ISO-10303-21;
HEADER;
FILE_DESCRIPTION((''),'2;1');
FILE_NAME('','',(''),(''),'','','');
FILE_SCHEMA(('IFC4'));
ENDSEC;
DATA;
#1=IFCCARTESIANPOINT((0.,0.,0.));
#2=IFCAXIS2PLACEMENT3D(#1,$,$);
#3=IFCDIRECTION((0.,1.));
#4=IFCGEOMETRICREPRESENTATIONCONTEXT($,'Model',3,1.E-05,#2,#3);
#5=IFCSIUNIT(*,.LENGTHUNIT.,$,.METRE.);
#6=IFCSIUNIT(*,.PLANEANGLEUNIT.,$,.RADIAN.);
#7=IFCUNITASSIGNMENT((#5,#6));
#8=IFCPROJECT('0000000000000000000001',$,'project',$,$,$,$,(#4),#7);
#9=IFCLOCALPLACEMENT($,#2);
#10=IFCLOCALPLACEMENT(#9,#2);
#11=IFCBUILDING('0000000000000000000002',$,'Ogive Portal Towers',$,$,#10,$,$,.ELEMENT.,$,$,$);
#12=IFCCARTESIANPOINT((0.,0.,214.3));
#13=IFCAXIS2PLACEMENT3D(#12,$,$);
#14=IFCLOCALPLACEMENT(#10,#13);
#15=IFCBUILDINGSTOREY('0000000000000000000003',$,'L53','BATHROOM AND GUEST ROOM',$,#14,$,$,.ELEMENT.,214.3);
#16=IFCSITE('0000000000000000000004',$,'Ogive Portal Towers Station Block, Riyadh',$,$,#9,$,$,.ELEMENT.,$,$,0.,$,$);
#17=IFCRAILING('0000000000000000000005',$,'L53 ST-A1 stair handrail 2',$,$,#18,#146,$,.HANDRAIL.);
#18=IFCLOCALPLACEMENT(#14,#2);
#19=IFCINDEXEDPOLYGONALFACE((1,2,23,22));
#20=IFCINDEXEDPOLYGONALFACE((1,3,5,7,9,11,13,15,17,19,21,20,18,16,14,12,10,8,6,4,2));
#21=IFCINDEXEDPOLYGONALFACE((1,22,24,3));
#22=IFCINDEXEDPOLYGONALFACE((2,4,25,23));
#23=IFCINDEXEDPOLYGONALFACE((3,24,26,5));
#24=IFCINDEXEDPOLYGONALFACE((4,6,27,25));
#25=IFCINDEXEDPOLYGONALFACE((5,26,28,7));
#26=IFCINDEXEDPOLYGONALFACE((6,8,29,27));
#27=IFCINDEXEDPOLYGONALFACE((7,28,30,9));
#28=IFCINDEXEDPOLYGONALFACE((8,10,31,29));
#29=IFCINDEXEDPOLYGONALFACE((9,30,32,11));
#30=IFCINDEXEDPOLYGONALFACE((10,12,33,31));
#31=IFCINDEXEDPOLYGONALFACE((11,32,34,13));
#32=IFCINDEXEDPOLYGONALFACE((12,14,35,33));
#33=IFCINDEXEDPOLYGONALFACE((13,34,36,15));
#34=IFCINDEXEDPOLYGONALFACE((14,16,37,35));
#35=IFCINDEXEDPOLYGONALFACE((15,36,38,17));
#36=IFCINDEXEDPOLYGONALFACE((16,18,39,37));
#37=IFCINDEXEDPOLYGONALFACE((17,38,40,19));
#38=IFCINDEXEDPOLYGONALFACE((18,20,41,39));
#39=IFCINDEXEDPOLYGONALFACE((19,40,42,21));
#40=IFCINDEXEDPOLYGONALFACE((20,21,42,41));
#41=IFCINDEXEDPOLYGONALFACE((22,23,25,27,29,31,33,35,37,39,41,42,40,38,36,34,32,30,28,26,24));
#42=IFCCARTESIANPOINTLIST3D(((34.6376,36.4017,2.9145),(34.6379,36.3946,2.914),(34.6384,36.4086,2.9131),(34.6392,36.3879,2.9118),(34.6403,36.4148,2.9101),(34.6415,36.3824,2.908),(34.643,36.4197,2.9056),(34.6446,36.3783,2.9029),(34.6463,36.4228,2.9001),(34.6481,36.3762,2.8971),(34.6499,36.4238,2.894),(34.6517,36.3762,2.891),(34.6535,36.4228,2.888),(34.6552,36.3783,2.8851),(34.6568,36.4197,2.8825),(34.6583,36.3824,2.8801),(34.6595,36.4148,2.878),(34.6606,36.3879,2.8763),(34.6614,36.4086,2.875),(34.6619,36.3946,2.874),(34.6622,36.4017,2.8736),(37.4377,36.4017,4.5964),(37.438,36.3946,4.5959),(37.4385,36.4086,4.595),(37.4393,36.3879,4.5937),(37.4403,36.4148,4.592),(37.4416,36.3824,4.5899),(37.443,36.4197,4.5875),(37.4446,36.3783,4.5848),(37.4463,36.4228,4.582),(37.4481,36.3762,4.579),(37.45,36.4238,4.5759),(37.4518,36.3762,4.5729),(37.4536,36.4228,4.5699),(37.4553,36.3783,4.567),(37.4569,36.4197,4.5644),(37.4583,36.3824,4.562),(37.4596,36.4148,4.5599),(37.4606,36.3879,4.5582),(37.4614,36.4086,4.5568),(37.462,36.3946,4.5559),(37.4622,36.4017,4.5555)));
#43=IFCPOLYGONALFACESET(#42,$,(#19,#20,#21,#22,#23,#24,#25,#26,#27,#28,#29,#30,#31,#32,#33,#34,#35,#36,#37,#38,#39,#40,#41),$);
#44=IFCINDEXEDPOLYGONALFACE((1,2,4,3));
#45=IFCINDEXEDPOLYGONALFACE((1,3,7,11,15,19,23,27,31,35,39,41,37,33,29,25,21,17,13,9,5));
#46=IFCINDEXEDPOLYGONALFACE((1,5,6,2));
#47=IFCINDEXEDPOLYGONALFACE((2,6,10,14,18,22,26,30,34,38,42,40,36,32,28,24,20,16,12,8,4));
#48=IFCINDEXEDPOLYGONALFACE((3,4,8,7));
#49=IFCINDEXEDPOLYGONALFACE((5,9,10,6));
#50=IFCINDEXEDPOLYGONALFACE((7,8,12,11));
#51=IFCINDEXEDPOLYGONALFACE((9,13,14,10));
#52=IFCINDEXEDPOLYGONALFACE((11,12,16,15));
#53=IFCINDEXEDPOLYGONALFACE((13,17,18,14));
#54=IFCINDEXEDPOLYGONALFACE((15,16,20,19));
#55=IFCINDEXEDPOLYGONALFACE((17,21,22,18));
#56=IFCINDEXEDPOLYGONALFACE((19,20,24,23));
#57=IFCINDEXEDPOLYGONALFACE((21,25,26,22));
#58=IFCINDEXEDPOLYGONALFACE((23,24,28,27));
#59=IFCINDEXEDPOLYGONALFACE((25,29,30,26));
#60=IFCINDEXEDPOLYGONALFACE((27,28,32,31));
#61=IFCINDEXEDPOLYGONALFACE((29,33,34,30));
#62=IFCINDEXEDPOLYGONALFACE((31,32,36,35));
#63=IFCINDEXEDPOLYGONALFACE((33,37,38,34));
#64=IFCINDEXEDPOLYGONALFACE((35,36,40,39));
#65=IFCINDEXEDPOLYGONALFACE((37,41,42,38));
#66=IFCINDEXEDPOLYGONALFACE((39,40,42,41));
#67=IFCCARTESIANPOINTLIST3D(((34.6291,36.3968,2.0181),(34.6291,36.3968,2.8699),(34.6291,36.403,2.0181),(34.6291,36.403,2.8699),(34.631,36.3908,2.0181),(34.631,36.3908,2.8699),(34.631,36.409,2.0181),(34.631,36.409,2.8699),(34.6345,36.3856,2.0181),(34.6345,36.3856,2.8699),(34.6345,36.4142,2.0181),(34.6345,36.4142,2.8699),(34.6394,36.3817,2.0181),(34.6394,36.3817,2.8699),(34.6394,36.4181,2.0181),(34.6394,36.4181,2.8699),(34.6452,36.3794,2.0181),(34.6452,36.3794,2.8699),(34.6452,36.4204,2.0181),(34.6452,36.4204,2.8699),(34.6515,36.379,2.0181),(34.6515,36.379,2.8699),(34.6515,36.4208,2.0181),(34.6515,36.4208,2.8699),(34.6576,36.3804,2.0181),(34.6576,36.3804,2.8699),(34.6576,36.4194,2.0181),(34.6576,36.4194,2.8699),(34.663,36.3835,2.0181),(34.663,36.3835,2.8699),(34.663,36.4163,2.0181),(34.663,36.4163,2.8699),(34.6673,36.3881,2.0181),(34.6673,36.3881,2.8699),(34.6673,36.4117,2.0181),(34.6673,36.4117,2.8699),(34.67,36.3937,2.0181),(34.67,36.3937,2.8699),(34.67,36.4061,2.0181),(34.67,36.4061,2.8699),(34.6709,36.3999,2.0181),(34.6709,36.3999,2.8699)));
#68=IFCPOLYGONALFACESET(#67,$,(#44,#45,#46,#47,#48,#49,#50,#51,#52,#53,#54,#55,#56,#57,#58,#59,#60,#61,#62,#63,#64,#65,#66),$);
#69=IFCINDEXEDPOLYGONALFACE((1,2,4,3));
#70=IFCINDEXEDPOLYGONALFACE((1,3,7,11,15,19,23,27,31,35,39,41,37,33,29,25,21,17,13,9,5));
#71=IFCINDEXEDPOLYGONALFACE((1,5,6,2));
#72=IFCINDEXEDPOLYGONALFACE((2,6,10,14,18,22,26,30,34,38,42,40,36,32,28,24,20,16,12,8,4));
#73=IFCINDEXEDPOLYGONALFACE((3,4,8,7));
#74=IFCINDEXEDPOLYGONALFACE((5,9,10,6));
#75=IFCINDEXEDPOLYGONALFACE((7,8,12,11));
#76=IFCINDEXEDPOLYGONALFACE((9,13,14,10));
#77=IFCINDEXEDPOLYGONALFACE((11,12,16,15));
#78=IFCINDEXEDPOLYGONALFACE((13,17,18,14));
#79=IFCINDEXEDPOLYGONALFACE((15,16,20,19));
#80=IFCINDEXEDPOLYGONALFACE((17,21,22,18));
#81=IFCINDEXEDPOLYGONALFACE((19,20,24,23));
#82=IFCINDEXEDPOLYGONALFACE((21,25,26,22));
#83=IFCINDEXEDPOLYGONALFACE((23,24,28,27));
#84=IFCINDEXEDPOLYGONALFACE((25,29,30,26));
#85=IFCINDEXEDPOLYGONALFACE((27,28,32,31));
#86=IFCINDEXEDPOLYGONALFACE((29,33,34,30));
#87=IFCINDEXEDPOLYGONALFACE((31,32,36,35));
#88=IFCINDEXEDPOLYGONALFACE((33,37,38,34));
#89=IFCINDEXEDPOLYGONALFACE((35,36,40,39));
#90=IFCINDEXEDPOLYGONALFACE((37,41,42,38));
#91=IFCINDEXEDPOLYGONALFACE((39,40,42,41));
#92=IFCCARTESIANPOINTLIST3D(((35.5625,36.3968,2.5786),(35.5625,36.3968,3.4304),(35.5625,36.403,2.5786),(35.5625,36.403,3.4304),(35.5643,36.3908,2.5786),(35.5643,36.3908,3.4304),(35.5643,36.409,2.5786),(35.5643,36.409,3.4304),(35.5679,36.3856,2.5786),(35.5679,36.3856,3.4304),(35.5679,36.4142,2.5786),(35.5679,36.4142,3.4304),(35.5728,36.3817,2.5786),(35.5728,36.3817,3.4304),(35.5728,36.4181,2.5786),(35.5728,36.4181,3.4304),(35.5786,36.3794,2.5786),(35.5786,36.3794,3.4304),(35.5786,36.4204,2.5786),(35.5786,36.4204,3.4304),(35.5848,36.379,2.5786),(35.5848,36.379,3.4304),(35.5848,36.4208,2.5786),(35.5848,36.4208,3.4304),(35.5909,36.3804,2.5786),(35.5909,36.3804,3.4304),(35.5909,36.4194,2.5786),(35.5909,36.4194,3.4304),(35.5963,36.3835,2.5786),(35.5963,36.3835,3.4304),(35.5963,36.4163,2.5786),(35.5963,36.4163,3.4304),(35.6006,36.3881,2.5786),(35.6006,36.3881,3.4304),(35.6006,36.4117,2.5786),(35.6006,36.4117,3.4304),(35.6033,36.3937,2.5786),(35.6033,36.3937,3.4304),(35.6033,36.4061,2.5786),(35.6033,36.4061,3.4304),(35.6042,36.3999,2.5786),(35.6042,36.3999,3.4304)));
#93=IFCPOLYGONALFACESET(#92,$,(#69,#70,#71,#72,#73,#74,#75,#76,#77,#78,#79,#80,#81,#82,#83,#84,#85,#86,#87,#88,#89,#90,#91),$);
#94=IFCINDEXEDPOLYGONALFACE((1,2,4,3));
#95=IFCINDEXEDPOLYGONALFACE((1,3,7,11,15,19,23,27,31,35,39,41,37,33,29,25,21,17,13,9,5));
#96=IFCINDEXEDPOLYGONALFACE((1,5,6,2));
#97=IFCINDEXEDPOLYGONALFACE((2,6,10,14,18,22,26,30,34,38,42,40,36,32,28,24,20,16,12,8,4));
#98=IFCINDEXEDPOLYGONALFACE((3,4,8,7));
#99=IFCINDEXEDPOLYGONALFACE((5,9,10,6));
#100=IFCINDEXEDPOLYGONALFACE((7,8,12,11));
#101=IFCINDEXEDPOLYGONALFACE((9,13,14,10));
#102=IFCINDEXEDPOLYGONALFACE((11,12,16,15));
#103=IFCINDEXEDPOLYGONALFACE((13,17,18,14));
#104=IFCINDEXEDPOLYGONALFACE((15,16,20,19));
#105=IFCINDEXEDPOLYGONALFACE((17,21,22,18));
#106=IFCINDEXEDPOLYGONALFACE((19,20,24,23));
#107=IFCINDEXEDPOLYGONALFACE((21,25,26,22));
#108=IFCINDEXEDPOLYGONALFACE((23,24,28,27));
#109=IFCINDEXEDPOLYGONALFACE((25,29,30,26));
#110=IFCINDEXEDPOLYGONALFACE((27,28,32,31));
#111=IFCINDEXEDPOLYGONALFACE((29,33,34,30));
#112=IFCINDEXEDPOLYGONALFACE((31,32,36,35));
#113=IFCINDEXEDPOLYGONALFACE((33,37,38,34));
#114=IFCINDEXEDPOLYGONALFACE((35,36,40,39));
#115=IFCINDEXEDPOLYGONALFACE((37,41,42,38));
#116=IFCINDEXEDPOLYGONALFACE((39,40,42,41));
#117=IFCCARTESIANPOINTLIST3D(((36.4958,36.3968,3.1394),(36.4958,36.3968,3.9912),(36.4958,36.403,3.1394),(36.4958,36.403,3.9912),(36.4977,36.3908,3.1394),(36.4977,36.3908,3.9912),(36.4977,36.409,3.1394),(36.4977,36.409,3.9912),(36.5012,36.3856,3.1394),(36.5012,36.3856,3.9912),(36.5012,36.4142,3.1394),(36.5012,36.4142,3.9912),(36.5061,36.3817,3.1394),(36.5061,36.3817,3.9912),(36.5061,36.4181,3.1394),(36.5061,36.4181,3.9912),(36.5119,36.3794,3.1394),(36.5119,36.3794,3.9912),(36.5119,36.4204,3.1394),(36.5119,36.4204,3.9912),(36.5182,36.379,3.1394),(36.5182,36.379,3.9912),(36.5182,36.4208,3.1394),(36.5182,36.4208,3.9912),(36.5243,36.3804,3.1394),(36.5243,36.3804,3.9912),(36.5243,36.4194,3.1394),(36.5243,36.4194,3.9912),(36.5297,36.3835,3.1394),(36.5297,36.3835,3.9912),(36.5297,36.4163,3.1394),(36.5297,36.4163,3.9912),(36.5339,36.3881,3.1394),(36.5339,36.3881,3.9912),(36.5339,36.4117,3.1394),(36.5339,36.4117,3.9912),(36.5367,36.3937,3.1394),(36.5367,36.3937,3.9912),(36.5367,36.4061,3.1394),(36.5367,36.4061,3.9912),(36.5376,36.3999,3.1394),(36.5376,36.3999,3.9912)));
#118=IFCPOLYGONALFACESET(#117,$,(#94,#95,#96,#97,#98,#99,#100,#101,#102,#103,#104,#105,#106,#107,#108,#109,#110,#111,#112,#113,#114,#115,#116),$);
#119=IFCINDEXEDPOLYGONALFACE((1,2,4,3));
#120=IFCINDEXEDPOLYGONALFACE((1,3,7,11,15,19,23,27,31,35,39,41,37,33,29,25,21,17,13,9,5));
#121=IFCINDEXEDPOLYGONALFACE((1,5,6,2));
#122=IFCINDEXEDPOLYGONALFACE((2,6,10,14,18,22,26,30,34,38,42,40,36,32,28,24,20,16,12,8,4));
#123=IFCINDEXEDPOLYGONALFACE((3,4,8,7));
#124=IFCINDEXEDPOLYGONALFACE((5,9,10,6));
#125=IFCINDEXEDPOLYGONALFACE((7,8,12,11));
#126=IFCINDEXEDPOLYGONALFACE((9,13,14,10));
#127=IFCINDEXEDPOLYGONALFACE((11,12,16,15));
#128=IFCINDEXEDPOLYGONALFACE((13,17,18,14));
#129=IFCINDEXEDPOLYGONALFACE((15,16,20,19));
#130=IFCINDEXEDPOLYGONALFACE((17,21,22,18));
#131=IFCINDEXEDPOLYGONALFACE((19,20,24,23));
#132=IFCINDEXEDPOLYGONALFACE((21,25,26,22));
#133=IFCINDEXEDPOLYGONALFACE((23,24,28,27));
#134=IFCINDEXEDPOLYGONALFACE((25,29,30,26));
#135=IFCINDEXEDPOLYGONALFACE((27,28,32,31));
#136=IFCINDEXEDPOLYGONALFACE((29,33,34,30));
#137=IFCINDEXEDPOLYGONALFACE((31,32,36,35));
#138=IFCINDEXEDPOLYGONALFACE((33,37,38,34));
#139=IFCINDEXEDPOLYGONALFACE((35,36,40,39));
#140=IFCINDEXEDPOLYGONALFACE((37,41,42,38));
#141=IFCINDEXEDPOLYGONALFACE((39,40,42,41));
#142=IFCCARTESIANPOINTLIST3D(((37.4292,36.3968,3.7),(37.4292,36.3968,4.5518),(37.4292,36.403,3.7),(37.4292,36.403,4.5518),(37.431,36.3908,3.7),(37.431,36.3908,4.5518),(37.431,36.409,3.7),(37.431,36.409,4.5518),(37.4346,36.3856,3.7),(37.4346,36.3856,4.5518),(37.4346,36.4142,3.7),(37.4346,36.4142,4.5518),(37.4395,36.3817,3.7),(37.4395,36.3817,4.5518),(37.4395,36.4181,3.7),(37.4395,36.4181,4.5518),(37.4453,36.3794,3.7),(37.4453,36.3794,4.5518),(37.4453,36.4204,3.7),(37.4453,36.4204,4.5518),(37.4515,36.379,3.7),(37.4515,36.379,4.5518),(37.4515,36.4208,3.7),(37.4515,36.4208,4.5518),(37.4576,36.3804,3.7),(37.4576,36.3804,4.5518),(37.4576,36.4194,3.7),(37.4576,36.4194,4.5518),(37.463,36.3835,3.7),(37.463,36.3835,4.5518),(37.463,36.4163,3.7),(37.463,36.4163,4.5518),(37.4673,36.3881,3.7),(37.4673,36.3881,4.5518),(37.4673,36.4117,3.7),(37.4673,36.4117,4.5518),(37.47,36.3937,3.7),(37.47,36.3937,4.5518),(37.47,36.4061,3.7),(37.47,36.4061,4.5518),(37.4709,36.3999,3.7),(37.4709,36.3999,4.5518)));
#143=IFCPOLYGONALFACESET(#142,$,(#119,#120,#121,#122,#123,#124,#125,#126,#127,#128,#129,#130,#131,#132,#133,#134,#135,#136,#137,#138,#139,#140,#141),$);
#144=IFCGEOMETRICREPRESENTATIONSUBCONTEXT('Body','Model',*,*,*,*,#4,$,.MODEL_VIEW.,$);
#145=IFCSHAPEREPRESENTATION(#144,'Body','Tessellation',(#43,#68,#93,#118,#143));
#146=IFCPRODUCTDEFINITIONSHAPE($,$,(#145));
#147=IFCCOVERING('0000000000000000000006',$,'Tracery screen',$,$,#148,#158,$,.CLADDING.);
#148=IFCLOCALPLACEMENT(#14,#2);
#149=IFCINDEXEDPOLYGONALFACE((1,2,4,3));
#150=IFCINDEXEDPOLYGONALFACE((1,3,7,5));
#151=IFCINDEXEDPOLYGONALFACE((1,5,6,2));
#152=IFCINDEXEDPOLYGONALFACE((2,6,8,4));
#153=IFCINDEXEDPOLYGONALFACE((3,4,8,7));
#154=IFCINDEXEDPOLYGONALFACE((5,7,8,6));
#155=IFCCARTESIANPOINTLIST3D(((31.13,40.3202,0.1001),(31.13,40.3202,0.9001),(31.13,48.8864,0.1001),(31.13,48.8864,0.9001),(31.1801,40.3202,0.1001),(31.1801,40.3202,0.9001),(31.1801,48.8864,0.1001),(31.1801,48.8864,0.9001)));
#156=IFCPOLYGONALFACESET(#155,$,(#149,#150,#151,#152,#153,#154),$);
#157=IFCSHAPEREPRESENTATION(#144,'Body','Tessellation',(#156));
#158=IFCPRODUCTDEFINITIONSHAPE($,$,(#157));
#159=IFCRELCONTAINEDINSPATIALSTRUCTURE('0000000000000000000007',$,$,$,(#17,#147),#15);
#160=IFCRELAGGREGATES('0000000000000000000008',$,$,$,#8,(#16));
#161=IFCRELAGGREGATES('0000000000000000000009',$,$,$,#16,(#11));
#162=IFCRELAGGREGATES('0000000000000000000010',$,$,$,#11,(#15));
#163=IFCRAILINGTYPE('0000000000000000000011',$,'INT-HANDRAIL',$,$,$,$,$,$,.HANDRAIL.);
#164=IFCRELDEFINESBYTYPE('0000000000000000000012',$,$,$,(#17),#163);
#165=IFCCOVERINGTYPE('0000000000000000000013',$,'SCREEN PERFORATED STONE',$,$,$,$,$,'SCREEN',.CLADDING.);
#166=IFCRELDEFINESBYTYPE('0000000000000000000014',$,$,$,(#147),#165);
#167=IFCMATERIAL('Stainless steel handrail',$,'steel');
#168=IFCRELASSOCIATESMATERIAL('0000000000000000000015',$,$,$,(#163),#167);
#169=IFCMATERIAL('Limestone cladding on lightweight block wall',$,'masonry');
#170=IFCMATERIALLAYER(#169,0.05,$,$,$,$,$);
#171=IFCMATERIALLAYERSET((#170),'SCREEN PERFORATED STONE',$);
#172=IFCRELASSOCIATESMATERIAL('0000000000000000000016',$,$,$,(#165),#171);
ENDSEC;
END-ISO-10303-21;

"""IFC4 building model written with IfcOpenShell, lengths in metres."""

from ifc_helpers import new_model, si_unit, direction, frame, origin, origin_2d, place, context, subcontext, project, spatial, rectangle, circle, extrude, material, layer, layer_set, type_object, element, save


model = new_model("IFC4")

# Units and contexts
model_context = context("Model", 3, precision=1e-05, world=origin(), true_north=direction((0.0, 1.0)))
body_context = subcontext(model_context, "Body", "Model", "MODEL_VIEW")
ifc_project = project(units=[si_unit("LENGTHUNIT", "METRE"), si_unit("PLANEANGLEUNIT", "RADIAN")], contexts=[model_context])

# Site, building, storey
site_placement = place(None, origin())
site = spatial("IfcSite", under=ifc_project, at=site_placement, Name="Ogive Portal Towers Station Block, Riyadh", CompositionType="ELEMENT", RefElevation=0.0)
building_placement = place(site_placement, origin())
building = spatial("IfcBuilding", under=site, at=building_placement, Name="Ogive Portal Towers", CompositionType="ELEMENT")
storey_placement = place(building_placement, frame((0.0, 0.0, 214.3)))
storey = spatial("IfcBuildingStorey", under=building, at=storey_placement, Name="L53", Description="BATHROOM AND GUEST ROOM", CompositionType="ELEMENT", Elevation=214.3)

# Shared definitions
ifc_material_1 = material(Name="Limestone cladding on lightweight block wall", Category="masonry")

# Railing
ifc_material_2 = material(Name="Stainless steel handrail", Category="steel")
railing_type_1 = type_object("IfcRailingType", Name="INT-HANDRAIL", PredefinedType="HANDRAIL", material=ifc_material_2)
railing_1_placement = place(storey_placement, frame((34.6499, 36.3999, 2.0181)))
element("IfcRailing", 1, at=railing_1_placement, inside=storey, type_object=railing_type_1, Name="L53 ST-A1 stair handrail 2", PredefinedType="HANDRAIL", context=body_context, shape_type="SweptSolid", body=[
    extrude(circle(Radius=0.0239, at=origin_2d()), frame((0.0, 0.0, 0.876), z_axis=(0.857242, 0.0, 0.514913), x_axis=(0.0, 1.0, 0.0)), (0.0, 0.0, 1.0), 3.2664),
    extrude(circle(Radius=0.021, at=origin_2d()), origin(), (0.0, 0.0, 1.0), 0.8518),
    extrude(circle(Radius=0.021, at=origin_2d()), frame((0.9333, 0.0, 0.5605)), (0.0, 0.0, 1.0), 0.8518),
    extrude(circle(Radius=0.021, at=origin_2d()), frame((1.8667, 0.0, 1.1213)), (0.0, 0.0, 1.0), 0.8518),
    extrude(circle(Radius=0.021, at=origin_2d()), frame((2.8, 0.0, 1.6819)), (0.0, 0.0, 1.0), 0.8518),
])

# Covering
ifc_layer_1 = layer(ifc_material_1, 0.05)
ifc_layer_set_1 = layer_set([ifc_layer_1], Name="SCREEN PERFORATED STONE")
covering_type = type_object("IfcCoveringType", Name="SCREEN PERFORATED STONE", ElementType="SCREEN", PredefinedType="CLADDING", material=ifc_layer_set_1)
covering_placement = place(storey_placement, frame((31.155, 44.6033, 0.1001), z_axis=(0.0, 0.0, 1.0), x_axis=(0.0, -1.0, 0.0)))
element("IfcCovering", 2, at=covering_placement, inside=storey, type_object=covering_type, Name="Tracery screen", PredefinedType="CLADDING", context=body_context, shape_type="SweptSolid", body=[
    extrude(rectangle(XDim=8.5662, YDim=0.05, at=origin_2d()), origin(), (0.0, 0.0, 1.0), 0.8),
])

save(model, "model.ifc")
